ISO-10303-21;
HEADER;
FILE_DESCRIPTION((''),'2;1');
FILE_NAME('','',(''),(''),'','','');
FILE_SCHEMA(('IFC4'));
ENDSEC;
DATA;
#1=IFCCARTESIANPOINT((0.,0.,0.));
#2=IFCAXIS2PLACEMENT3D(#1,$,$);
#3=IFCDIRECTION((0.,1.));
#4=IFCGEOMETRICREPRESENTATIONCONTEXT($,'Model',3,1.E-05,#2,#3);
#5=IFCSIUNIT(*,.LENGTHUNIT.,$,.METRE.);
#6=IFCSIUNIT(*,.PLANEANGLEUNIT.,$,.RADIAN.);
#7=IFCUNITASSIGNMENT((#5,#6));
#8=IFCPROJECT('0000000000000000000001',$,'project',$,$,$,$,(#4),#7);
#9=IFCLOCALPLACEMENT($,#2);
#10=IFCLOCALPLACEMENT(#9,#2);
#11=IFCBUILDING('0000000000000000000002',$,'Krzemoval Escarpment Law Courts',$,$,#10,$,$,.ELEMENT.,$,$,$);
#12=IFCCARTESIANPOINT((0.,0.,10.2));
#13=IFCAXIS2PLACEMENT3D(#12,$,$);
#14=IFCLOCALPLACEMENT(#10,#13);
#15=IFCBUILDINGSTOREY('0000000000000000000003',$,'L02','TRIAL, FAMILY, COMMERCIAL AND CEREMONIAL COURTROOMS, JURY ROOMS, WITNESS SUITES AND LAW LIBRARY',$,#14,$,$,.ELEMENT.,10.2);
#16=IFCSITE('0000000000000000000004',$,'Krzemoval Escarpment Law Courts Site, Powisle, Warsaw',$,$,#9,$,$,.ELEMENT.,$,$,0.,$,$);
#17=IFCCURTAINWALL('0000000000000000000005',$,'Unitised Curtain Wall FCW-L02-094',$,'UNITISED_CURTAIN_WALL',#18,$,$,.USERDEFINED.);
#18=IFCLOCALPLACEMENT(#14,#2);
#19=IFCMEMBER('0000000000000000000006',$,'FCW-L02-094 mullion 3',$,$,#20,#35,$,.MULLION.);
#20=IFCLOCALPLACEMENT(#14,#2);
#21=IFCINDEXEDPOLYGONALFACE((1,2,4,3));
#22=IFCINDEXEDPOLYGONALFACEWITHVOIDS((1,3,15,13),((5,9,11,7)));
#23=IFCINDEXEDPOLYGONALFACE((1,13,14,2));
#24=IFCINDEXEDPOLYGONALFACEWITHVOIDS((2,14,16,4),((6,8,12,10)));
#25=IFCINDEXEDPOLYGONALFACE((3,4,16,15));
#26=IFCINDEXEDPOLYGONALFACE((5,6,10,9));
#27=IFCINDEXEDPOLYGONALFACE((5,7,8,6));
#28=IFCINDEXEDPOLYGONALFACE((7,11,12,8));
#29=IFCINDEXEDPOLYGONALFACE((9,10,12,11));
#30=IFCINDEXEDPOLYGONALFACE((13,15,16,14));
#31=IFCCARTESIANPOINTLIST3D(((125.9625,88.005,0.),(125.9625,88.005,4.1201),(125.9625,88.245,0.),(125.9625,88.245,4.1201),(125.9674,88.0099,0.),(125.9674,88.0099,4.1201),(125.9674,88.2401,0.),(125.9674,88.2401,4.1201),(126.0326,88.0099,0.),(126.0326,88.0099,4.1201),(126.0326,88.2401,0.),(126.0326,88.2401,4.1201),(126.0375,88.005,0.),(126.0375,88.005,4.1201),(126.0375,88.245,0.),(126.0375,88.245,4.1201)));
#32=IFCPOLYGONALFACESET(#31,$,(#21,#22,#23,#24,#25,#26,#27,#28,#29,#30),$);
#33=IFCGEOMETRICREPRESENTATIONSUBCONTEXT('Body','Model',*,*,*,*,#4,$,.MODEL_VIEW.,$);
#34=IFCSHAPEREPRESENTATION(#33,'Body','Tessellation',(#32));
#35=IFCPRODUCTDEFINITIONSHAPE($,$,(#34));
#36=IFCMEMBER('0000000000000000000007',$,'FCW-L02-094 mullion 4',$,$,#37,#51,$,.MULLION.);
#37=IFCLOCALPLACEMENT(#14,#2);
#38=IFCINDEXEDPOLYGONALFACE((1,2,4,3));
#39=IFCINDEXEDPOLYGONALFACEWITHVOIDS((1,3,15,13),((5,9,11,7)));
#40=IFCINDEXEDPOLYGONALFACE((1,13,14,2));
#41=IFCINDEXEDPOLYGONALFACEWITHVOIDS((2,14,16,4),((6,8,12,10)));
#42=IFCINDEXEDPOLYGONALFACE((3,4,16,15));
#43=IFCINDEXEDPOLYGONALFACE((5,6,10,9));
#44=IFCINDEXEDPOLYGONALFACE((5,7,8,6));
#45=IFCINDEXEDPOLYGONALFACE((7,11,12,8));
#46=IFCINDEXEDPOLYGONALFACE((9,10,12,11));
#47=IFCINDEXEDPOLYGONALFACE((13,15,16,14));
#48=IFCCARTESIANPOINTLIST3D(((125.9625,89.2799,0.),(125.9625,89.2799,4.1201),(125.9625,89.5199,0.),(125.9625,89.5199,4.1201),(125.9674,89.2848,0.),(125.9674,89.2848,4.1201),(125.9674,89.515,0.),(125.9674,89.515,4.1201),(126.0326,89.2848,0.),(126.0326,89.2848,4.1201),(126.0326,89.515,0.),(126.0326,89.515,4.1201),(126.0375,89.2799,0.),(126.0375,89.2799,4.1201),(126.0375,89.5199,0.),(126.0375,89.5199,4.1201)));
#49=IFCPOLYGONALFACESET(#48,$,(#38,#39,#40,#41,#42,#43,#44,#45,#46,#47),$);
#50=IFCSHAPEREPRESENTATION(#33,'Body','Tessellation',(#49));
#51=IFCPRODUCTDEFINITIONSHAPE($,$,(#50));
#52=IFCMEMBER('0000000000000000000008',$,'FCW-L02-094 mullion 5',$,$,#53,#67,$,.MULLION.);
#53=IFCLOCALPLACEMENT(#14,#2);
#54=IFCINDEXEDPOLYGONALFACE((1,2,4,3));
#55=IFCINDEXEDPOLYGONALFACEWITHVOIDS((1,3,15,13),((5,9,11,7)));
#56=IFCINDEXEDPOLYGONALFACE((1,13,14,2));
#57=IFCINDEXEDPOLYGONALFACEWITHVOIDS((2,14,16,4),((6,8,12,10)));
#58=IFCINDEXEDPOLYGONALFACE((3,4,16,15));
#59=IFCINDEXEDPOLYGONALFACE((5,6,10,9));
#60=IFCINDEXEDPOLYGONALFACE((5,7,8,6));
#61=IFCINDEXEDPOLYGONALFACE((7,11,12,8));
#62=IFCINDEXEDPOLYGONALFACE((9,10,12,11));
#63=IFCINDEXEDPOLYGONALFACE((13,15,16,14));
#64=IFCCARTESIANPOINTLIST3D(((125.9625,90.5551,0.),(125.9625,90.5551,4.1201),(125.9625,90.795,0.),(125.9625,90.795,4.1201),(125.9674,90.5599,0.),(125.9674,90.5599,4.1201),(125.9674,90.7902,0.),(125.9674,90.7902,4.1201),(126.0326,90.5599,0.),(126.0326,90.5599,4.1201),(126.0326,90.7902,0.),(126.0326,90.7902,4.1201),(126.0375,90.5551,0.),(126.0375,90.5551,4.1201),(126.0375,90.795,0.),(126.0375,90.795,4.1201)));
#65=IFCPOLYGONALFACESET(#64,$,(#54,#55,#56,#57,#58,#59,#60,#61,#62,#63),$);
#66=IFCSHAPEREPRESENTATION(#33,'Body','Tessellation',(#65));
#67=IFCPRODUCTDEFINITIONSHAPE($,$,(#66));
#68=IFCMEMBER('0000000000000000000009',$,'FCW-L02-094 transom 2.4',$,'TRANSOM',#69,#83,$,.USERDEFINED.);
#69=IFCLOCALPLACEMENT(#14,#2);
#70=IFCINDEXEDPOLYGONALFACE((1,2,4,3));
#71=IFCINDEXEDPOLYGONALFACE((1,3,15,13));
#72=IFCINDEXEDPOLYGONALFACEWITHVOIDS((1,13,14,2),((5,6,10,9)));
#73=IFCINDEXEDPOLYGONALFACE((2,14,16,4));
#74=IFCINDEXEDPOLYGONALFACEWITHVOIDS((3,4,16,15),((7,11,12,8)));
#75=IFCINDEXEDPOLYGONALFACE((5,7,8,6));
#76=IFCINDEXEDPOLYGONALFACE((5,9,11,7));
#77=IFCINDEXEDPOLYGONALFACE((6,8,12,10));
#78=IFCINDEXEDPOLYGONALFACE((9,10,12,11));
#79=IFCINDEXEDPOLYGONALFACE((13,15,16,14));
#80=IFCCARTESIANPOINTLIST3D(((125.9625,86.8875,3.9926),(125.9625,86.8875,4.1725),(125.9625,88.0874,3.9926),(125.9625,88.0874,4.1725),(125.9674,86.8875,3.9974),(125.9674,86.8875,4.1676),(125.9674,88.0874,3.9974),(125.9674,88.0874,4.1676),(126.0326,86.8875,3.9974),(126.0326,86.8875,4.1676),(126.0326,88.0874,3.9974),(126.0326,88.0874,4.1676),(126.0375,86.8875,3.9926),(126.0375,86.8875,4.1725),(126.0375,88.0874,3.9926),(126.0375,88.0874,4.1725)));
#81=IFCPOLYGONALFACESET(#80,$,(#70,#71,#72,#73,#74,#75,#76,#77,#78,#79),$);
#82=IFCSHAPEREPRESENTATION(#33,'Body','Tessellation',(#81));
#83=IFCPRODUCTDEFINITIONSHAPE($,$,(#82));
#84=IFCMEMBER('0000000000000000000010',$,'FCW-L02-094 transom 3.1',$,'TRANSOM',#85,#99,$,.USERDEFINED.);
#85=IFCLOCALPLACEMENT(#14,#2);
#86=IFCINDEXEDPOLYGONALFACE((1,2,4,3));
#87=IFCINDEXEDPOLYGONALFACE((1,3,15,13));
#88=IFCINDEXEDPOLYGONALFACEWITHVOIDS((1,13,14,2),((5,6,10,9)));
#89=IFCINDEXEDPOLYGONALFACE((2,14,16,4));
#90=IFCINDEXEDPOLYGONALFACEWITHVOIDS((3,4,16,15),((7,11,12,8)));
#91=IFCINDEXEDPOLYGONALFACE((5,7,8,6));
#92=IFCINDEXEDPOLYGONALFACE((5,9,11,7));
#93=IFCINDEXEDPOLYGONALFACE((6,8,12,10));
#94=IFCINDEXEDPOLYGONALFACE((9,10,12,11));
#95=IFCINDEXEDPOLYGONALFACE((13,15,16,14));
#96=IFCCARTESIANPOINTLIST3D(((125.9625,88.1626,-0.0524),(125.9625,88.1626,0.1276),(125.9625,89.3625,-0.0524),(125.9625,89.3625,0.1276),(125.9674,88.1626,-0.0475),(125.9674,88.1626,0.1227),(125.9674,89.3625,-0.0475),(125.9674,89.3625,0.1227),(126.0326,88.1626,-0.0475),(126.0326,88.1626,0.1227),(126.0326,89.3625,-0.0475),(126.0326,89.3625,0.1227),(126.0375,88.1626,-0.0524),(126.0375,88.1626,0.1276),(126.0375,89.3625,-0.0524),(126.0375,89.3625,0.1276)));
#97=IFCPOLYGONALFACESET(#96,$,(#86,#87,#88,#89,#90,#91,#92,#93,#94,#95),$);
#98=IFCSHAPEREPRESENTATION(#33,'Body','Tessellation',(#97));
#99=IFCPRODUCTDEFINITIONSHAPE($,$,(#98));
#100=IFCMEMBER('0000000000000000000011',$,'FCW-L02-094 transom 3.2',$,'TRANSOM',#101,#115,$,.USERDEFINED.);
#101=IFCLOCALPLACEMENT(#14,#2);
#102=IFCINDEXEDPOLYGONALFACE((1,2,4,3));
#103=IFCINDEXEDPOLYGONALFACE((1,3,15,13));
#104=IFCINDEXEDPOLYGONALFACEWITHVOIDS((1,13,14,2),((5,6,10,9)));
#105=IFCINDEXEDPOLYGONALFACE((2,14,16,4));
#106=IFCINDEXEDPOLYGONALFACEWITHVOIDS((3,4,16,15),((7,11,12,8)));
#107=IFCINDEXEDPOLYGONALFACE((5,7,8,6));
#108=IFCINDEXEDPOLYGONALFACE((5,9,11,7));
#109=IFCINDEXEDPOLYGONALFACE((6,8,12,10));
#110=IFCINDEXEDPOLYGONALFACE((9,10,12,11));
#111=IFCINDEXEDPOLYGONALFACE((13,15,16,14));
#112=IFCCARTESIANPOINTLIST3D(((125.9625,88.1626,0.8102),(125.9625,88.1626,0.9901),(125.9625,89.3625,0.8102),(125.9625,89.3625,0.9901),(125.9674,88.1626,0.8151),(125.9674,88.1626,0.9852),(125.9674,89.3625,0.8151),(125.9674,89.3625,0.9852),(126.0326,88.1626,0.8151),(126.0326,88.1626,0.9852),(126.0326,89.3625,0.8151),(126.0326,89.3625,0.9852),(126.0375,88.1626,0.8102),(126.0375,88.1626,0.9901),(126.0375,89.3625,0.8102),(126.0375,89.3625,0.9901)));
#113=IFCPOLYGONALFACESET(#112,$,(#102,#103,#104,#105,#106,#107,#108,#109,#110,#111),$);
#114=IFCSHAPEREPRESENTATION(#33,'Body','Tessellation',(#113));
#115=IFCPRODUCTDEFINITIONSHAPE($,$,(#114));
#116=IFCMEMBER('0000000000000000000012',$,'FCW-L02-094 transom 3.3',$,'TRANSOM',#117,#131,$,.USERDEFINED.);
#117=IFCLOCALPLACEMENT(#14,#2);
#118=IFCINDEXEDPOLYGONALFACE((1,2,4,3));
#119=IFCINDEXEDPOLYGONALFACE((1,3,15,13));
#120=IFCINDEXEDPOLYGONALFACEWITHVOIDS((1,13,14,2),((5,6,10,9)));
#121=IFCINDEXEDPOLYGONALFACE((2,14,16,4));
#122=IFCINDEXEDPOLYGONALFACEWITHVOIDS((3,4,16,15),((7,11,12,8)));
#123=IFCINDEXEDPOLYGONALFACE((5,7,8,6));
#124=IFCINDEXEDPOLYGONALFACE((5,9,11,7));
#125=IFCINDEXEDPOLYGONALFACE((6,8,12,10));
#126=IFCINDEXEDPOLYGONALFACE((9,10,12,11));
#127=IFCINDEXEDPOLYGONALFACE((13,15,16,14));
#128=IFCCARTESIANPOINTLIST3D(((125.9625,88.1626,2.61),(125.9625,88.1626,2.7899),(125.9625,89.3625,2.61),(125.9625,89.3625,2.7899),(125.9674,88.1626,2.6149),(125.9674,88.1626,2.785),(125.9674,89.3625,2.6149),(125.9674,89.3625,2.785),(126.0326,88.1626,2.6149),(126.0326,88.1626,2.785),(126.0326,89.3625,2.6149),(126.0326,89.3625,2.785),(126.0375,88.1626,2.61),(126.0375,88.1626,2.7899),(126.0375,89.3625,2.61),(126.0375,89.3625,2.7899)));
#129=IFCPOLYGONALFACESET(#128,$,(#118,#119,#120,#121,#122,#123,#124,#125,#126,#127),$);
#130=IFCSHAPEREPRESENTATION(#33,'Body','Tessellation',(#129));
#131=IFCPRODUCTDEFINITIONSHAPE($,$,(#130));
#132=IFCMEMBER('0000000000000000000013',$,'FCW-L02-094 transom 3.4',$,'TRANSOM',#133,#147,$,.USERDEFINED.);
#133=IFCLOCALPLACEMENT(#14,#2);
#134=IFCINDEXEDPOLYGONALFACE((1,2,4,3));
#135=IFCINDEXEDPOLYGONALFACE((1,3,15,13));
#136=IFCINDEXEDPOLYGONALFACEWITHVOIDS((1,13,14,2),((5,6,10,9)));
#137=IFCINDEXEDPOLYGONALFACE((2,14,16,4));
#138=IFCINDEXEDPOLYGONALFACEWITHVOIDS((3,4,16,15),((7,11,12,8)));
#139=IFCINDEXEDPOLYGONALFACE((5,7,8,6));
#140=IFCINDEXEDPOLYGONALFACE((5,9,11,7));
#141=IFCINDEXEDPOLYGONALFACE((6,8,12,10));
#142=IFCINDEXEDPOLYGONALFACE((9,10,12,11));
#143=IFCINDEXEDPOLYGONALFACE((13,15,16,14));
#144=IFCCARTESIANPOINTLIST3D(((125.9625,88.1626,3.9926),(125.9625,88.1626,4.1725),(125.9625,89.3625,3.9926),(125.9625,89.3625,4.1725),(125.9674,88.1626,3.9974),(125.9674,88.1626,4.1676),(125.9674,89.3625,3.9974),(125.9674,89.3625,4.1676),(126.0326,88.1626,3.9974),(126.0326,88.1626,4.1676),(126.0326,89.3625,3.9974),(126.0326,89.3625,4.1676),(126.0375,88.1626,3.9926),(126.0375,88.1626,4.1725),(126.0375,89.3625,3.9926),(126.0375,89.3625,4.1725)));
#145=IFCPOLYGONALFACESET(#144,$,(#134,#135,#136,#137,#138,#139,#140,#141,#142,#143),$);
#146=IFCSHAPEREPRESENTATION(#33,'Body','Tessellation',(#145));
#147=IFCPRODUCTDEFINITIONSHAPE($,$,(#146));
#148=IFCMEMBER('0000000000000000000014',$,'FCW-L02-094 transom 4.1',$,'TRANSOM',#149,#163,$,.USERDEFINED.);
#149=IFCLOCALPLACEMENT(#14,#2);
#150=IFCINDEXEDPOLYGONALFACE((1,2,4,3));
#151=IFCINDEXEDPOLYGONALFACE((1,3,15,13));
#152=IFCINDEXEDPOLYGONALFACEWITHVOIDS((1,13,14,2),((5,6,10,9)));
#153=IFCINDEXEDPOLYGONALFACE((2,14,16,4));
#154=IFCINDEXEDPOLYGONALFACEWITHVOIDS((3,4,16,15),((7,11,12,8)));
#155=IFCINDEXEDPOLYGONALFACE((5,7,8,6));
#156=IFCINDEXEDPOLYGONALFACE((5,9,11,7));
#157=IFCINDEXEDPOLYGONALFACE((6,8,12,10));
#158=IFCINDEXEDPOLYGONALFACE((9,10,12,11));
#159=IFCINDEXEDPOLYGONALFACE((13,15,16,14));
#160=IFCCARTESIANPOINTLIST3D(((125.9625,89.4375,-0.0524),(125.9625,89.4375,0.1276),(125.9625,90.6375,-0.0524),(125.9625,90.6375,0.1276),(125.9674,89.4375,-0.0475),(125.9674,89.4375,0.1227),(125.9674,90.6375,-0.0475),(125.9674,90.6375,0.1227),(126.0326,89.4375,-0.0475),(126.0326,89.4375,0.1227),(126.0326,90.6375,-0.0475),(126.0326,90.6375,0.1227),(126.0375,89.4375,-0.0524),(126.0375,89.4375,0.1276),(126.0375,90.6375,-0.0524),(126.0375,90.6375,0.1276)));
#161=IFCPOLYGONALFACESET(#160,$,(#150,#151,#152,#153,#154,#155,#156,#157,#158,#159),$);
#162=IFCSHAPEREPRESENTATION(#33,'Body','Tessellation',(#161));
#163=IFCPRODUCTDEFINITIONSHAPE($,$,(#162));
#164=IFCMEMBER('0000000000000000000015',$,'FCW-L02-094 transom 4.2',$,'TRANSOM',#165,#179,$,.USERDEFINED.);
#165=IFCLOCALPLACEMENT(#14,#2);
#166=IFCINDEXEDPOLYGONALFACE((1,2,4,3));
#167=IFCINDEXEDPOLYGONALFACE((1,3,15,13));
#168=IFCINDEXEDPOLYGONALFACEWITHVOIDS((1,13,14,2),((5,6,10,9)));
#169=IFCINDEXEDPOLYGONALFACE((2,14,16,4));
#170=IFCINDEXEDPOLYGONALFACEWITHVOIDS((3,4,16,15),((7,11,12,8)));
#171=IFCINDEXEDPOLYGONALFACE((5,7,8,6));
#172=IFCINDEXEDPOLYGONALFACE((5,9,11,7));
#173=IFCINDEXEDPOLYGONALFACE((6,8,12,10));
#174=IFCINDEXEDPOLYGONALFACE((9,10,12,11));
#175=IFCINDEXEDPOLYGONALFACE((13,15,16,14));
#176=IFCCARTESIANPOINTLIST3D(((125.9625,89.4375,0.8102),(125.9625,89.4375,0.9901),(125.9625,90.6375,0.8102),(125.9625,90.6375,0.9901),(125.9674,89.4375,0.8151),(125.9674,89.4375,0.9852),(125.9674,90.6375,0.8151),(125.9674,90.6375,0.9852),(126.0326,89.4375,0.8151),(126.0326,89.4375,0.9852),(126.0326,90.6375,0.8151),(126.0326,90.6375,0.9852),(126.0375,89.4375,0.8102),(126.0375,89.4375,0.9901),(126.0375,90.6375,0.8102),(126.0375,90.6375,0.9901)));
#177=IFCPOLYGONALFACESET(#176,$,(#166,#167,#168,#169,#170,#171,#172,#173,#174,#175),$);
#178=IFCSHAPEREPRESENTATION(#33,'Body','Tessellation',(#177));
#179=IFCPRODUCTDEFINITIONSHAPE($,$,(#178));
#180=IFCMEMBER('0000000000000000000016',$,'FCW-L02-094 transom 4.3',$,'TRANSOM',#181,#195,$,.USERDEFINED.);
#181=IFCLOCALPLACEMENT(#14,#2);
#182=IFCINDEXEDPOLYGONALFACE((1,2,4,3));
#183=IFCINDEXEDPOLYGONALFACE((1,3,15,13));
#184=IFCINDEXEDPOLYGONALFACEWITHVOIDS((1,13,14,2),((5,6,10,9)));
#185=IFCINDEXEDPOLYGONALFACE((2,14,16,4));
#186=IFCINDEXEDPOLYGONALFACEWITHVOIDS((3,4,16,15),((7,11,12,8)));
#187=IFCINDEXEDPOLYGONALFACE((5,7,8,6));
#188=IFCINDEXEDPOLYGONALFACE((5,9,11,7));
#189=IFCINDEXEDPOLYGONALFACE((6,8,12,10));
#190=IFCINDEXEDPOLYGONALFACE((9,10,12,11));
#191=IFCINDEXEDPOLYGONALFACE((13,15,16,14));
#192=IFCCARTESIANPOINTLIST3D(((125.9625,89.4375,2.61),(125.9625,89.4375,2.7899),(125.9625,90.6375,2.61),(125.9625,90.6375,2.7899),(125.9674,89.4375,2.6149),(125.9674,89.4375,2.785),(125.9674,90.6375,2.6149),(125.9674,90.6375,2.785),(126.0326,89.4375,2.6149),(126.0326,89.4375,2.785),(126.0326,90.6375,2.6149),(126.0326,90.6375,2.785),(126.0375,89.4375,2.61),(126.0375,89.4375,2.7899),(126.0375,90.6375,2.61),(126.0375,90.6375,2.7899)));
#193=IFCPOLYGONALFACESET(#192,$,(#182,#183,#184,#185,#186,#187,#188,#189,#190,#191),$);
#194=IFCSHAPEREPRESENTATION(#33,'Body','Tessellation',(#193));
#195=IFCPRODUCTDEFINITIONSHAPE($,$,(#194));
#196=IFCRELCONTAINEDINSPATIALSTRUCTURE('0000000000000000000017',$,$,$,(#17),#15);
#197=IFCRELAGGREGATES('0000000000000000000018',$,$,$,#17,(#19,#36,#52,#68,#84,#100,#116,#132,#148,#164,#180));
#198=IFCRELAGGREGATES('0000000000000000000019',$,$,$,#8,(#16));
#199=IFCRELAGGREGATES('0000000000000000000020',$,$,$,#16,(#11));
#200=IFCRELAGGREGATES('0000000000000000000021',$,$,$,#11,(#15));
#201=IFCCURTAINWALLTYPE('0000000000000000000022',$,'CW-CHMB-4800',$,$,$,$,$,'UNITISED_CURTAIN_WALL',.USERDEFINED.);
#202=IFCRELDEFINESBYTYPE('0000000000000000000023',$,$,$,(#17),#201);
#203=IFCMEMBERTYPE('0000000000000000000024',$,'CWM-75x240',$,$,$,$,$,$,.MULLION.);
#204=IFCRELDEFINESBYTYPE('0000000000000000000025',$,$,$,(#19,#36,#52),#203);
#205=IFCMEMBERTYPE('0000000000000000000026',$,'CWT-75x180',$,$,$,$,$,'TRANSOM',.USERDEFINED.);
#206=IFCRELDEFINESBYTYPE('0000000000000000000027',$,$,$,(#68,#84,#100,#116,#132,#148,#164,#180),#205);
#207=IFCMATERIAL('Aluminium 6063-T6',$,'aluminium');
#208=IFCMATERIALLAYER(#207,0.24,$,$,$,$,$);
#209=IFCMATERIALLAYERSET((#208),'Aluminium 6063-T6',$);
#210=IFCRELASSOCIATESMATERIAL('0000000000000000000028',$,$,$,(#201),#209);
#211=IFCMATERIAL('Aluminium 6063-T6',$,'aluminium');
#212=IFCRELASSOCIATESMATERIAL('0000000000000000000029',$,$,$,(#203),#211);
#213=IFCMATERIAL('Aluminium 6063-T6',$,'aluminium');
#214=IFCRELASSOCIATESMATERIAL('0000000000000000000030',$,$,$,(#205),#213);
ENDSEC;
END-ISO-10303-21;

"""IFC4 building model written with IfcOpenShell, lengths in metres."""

from ifc_helpers import new_model, si_unit, direction, frame, origin, origin_2d, place, context, subcontext, project, spatial, hollow_rectangle, extrude, material, layer, layer_set, material_profile, profile_set, type_object, element, aggregate, save


model = new_model("IFC4")

# Units and contexts
model_context = context("Model", 3, precision=1e-05, world=origin(), true_north=direction((0.0, 1.0)))
body_context = subcontext(model_context, "Body", "Model", "MODEL_VIEW")
ifc_project = project(units=[si_unit("LENGTHUNIT", "METRE"), si_unit("PLANEANGLEUNIT", "RADIAN")], contexts=[model_context])

# Site, building, storey
site_placement = place(None, origin())
site = spatial("IfcSite", under=ifc_project, at=site_placement, Name="Krzemoval Escarpment Law Courts Site, Powisle, Warsaw", CompositionType="ELEMENT", RefElevation=0.0)
building_placement = place(site_placement, origin())
building = spatial("IfcBuilding", under=site, at=building_placement, Name="Krzemoval Escarpment Law Courts", CompositionType="ELEMENT")
storey_placement = place(building_placement, frame((0.0, 0.0, 10.2)))
storey = spatial("IfcBuildingStorey", under=building, at=storey_placement, Name="L02", Description="TRIAL, FAMILY, COMMERCIAL AND CEREMONIAL COURTROOMS, JURY ROOMS, WITNESS SUITES AND LAW LIBRARY", CompositionType="ELEMENT", Elevation=10.2)

# Curtain wall, members
ifc_material_1 = material(Name="Aluminium 6063-T6", Category="aluminium")
ifc_layer_1 = layer(ifc_material_1, 0.24)
ifc_layer_set_1 = layer_set([ifc_layer_1], Name="Aluminium 6063-T6")
curtain_wall_type = type_object("IfcCurtainWallType", Name="CW-CHMB-4800", ElementType="UNITISED_CURTAIN_WALL", PredefinedType="USERDEFINED", material=ifc_layer_set_1)
curtain_wall_placement = place(storey_placement, origin())
curtain_wall = element("IfcCurtainWall", 1, at=curtain_wall_placement, inside=storey, type_object=curtain_wall_type, Name="Unitised Curtain Wall FCW-L02-094", ObjectType="UNITISED_CURTAIN_WALL", PredefinedType="USERDEFINED")
ifc_material_2 = material(Name="Aluminium 6063-T6", Category="aluminium")
ifc_material_profile_1 = material_profile(ifc_material_2, hollow_rectangle(XDim=0.075, YDim=0.24, WallThickness=0.0049, at=origin_2d()), Name="ALU M75x240")
ifc_profile_set_1 = profile_set([ifc_material_profile_1], Name="Aluminium 6063-T6")
member_type_1 = type_object("IfcMemberType", Name="CWM-75x240", PredefinedType="MULLION", material=ifc_profile_set_1)
member_1_placement = place(storey_placement, frame((126.0, 88.125, 0.0), z_axis=(0.0, 0.0, 1.0), x_axis=(-1.0, 0.0, 0.0)))
member_1 = element("IfcMember", 2, at=member_1_placement, type_object=member_type_1, Name="FCW-L02-094 mullion 3", PredefinedType="MULLION", context=body_context, shape_type="SweptSolid", body=[
    extrude(hollow_rectangle(XDim=0.075, YDim=0.24, WallThickness=0.0049, at=origin_2d()), origin(), (0.0, 0.0, 1.0), 4.1201),
])
member_2_placement = place(storey_placement, frame((126.0, 89.3999, 0.0), z_axis=(0.0, 0.0, 1.0), x_axis=(-1.0, 0.0, 0.0)))
member_2 = element("IfcMember", 3, at=member_2_placement, type_object=member_type_1, Name="FCW-L02-094 mullion 4", PredefinedType="MULLION", context=body_context, shape_type="SweptSolid", body=[
    extrude(hollow_rectangle(XDim=0.075, YDim=0.24, WallThickness=0.0049, at=origin_2d()), origin(), (0.0, 0.0, 1.0), 4.1201),
])
member_3_placement = place(storey_placement, frame((126.0, 90.675, 0.0), z_axis=(0.0, 0.0, 1.0), x_axis=(-1.0, 0.0, 0.0)))
member_3 = element("IfcMember", 4, at=member_3_placement, type_object=member_type_1, Name="FCW-L02-094 mullion 5", PredefinedType="MULLION", context=body_context, shape_type="SweptSolid", body=[
    extrude(hollow_rectangle(XDim=0.075, YDim=0.24, WallThickness=0.0049, at=origin_2d()), origin(), (0.0, 0.0, 1.0), 4.1201),
])
ifc_material_3 = material(Name="Aluminium 6063-T6", Category="aluminium")
ifc_material_profile_2 = material_profile(ifc_material_3, hollow_rectangle(XDim=0.075, YDim=0.1799, WallThickness=0.0049, at=origin_2d()), Name="ALU T75x180")
ifc_profile_set_2 = profile_set([ifc_material_profile_2], Name="Aluminium 6063-T6")
member_type_2 = type_object("IfcMemberType", Name="CWT-75x180", ElementType="TRANSOM", PredefinedType="USERDEFINED", material=ifc_profile_set_2)
member_4_placement = place(storey_placement, frame((126.0, 86.8875, 4.0825), z_axis=(0.0, 1.0, 0.0), x_axis=(-1.0, 0.0, 0.0)))
member_4 = element("IfcMember", 5, at=member_4_placement, type_object=member_type_2, Name="FCW-L02-094 transom 2.4", ObjectType="TRANSOM", PredefinedType="USERDEFINED", context=body_context, shape_type="SweptSolid", body=[
    extrude(hollow_rectangle(XDim=0.075, YDim=0.1799, WallThickness=0.0049, at=origin_2d()), origin(), (0.0, 0.0, 1.0), 1.2),
])
member_5_placement = place(storey_placement, frame((126.0, 88.1626, 0.0376), z_axis=(0.0, 1.0, 0.0), x_axis=(-1.0, 0.0, 0.0)))
member_5 = element("IfcMember", 6, at=member_5_placement, type_object=member_type_2, Name="FCW-L02-094 transom 3.1", ObjectType="TRANSOM", PredefinedType="USERDEFINED", context=body_context, shape_type="SweptSolid", body=[
    extrude(hollow_rectangle(XDim=0.075, YDim=0.1799, WallThickness=0.0049, at=origin_2d()), origin(), (0.0, 0.0, 1.0), 1.2),
])
member_6_placement = place(storey_placement, frame((126.0, 88.1626, 0.9001), z_axis=(0.0, 1.0, 0.0), x_axis=(-1.0, 0.0, 0.0)))
member_6 = element("IfcMember", 7, at=member_6_placement, type_object=member_type_2, Name="FCW-L02-094 transom 3.2", ObjectType="TRANSOM", PredefinedType="USERDEFINED", context=body_context, shape_type="SweptSolid", body=[
    extrude(hollow_rectangle(XDim=0.075, YDim=0.1799, WallThickness=0.0049, at=origin_2d()), origin(), (0.0, 0.0, 1.0), 1.2),
])
member_7_placement = place(storey_placement, frame((126.0, 88.1626, 2.7), z_axis=(0.0, 1.0, 0.0), x_axis=(-1.0, 0.0, 0.0)))
member_7 = element("IfcMember", 8, at=member_7_placement, type_object=member_type_2, Name="FCW-L02-094 transom 3.3", ObjectType="TRANSOM", PredefinedType="USERDEFINED", context=body_context, shape_type="SweptSolid", body=[
    extrude(hollow_rectangle(XDim=0.075, YDim=0.1799, WallThickness=0.0049, at=origin_2d()), origin(), (0.0, 0.0, 1.0), 1.2),
])
member_8_placement = place(storey_placement, frame((126.0, 88.1626, 4.0825), z_axis=(0.0, 1.0, 0.0), x_axis=(-1.0, 0.0, 0.0)))
member_8 = element("IfcMember", 9, at=member_8_placement, type_object=member_type_2, Name="FCW-L02-094 transom 3.4", ObjectType="TRANSOM", PredefinedType="USERDEFINED", context=body_context, shape_type="SweptSolid", body=[
    extrude(hollow_rectangle(XDim=0.075, YDim=0.1799, WallThickness=0.0049, at=origin_2d()), origin(), (0.0, 0.0, 1.0), 1.2),
])
member_9_placement = place(storey_placement, frame((126.0, 89.4375, 0.0376), z_axis=(0.0, 1.0, 0.0), x_axis=(-1.0, 0.0, 0.0)))
member_9 = element("IfcMember", 10, at=member_9_placement, type_object=member_type_2, Name="FCW-L02-094 transom 4.1", ObjectType="TRANSOM", PredefinedType="USERDEFINED", context=body_context, shape_type="SweptSolid", body=[
    extrude(hollow_rectangle(XDim=0.075, YDim=0.1799, WallThickness=0.0049, at=origin_2d()), origin(), (0.0, 0.0, 1.0), 1.2),
])
member_10_placement = place(storey_placement, frame((126.0, 89.4375, 0.9001), z_axis=(0.0, 1.0, 0.0), x_axis=(-1.0, 0.0, 0.0)))
member_10 = element("IfcMember", 11, at=member_10_placement, type_object=member_type_2, Name="FCW-L02-094 transom 4.2", ObjectType="TRANSOM", PredefinedType="USERDEFINED", context=body_context, shape_type="SweptSolid", body=[
    extrude(hollow_rectangle(XDim=0.075, YDim=0.1799, WallThickness=0.0049, at=origin_2d()), origin(), (0.0, 0.0, 1.0), 1.2),
])
member_11_placement = place(storey_placement, frame((126.0, 89.4375, 2.7), z_axis=(0.0, 1.0, 0.0), x_axis=(-1.0, 0.0, 0.0)))
member_11 = element("IfcMember", 12, at=member_11_placement, type_object=member_type_2, Name="FCW-L02-094 transom 4.3", ObjectType="TRANSOM", PredefinedType="USERDEFINED", context=body_context, shape_type="SweptSolid", body=[
    extrude(hollow_rectangle(XDim=0.075, YDim=0.1799, WallThickness=0.0049, at=origin_2d()), origin(), (0.0, 0.0, 1.0), 1.2),
])
aggregate(curtain_wall, [member_1, member_2, member_3, member_4, member_5, member_6, member_7, member_8, member_9, member_10, member_11])

save(model, "model.ifc")
